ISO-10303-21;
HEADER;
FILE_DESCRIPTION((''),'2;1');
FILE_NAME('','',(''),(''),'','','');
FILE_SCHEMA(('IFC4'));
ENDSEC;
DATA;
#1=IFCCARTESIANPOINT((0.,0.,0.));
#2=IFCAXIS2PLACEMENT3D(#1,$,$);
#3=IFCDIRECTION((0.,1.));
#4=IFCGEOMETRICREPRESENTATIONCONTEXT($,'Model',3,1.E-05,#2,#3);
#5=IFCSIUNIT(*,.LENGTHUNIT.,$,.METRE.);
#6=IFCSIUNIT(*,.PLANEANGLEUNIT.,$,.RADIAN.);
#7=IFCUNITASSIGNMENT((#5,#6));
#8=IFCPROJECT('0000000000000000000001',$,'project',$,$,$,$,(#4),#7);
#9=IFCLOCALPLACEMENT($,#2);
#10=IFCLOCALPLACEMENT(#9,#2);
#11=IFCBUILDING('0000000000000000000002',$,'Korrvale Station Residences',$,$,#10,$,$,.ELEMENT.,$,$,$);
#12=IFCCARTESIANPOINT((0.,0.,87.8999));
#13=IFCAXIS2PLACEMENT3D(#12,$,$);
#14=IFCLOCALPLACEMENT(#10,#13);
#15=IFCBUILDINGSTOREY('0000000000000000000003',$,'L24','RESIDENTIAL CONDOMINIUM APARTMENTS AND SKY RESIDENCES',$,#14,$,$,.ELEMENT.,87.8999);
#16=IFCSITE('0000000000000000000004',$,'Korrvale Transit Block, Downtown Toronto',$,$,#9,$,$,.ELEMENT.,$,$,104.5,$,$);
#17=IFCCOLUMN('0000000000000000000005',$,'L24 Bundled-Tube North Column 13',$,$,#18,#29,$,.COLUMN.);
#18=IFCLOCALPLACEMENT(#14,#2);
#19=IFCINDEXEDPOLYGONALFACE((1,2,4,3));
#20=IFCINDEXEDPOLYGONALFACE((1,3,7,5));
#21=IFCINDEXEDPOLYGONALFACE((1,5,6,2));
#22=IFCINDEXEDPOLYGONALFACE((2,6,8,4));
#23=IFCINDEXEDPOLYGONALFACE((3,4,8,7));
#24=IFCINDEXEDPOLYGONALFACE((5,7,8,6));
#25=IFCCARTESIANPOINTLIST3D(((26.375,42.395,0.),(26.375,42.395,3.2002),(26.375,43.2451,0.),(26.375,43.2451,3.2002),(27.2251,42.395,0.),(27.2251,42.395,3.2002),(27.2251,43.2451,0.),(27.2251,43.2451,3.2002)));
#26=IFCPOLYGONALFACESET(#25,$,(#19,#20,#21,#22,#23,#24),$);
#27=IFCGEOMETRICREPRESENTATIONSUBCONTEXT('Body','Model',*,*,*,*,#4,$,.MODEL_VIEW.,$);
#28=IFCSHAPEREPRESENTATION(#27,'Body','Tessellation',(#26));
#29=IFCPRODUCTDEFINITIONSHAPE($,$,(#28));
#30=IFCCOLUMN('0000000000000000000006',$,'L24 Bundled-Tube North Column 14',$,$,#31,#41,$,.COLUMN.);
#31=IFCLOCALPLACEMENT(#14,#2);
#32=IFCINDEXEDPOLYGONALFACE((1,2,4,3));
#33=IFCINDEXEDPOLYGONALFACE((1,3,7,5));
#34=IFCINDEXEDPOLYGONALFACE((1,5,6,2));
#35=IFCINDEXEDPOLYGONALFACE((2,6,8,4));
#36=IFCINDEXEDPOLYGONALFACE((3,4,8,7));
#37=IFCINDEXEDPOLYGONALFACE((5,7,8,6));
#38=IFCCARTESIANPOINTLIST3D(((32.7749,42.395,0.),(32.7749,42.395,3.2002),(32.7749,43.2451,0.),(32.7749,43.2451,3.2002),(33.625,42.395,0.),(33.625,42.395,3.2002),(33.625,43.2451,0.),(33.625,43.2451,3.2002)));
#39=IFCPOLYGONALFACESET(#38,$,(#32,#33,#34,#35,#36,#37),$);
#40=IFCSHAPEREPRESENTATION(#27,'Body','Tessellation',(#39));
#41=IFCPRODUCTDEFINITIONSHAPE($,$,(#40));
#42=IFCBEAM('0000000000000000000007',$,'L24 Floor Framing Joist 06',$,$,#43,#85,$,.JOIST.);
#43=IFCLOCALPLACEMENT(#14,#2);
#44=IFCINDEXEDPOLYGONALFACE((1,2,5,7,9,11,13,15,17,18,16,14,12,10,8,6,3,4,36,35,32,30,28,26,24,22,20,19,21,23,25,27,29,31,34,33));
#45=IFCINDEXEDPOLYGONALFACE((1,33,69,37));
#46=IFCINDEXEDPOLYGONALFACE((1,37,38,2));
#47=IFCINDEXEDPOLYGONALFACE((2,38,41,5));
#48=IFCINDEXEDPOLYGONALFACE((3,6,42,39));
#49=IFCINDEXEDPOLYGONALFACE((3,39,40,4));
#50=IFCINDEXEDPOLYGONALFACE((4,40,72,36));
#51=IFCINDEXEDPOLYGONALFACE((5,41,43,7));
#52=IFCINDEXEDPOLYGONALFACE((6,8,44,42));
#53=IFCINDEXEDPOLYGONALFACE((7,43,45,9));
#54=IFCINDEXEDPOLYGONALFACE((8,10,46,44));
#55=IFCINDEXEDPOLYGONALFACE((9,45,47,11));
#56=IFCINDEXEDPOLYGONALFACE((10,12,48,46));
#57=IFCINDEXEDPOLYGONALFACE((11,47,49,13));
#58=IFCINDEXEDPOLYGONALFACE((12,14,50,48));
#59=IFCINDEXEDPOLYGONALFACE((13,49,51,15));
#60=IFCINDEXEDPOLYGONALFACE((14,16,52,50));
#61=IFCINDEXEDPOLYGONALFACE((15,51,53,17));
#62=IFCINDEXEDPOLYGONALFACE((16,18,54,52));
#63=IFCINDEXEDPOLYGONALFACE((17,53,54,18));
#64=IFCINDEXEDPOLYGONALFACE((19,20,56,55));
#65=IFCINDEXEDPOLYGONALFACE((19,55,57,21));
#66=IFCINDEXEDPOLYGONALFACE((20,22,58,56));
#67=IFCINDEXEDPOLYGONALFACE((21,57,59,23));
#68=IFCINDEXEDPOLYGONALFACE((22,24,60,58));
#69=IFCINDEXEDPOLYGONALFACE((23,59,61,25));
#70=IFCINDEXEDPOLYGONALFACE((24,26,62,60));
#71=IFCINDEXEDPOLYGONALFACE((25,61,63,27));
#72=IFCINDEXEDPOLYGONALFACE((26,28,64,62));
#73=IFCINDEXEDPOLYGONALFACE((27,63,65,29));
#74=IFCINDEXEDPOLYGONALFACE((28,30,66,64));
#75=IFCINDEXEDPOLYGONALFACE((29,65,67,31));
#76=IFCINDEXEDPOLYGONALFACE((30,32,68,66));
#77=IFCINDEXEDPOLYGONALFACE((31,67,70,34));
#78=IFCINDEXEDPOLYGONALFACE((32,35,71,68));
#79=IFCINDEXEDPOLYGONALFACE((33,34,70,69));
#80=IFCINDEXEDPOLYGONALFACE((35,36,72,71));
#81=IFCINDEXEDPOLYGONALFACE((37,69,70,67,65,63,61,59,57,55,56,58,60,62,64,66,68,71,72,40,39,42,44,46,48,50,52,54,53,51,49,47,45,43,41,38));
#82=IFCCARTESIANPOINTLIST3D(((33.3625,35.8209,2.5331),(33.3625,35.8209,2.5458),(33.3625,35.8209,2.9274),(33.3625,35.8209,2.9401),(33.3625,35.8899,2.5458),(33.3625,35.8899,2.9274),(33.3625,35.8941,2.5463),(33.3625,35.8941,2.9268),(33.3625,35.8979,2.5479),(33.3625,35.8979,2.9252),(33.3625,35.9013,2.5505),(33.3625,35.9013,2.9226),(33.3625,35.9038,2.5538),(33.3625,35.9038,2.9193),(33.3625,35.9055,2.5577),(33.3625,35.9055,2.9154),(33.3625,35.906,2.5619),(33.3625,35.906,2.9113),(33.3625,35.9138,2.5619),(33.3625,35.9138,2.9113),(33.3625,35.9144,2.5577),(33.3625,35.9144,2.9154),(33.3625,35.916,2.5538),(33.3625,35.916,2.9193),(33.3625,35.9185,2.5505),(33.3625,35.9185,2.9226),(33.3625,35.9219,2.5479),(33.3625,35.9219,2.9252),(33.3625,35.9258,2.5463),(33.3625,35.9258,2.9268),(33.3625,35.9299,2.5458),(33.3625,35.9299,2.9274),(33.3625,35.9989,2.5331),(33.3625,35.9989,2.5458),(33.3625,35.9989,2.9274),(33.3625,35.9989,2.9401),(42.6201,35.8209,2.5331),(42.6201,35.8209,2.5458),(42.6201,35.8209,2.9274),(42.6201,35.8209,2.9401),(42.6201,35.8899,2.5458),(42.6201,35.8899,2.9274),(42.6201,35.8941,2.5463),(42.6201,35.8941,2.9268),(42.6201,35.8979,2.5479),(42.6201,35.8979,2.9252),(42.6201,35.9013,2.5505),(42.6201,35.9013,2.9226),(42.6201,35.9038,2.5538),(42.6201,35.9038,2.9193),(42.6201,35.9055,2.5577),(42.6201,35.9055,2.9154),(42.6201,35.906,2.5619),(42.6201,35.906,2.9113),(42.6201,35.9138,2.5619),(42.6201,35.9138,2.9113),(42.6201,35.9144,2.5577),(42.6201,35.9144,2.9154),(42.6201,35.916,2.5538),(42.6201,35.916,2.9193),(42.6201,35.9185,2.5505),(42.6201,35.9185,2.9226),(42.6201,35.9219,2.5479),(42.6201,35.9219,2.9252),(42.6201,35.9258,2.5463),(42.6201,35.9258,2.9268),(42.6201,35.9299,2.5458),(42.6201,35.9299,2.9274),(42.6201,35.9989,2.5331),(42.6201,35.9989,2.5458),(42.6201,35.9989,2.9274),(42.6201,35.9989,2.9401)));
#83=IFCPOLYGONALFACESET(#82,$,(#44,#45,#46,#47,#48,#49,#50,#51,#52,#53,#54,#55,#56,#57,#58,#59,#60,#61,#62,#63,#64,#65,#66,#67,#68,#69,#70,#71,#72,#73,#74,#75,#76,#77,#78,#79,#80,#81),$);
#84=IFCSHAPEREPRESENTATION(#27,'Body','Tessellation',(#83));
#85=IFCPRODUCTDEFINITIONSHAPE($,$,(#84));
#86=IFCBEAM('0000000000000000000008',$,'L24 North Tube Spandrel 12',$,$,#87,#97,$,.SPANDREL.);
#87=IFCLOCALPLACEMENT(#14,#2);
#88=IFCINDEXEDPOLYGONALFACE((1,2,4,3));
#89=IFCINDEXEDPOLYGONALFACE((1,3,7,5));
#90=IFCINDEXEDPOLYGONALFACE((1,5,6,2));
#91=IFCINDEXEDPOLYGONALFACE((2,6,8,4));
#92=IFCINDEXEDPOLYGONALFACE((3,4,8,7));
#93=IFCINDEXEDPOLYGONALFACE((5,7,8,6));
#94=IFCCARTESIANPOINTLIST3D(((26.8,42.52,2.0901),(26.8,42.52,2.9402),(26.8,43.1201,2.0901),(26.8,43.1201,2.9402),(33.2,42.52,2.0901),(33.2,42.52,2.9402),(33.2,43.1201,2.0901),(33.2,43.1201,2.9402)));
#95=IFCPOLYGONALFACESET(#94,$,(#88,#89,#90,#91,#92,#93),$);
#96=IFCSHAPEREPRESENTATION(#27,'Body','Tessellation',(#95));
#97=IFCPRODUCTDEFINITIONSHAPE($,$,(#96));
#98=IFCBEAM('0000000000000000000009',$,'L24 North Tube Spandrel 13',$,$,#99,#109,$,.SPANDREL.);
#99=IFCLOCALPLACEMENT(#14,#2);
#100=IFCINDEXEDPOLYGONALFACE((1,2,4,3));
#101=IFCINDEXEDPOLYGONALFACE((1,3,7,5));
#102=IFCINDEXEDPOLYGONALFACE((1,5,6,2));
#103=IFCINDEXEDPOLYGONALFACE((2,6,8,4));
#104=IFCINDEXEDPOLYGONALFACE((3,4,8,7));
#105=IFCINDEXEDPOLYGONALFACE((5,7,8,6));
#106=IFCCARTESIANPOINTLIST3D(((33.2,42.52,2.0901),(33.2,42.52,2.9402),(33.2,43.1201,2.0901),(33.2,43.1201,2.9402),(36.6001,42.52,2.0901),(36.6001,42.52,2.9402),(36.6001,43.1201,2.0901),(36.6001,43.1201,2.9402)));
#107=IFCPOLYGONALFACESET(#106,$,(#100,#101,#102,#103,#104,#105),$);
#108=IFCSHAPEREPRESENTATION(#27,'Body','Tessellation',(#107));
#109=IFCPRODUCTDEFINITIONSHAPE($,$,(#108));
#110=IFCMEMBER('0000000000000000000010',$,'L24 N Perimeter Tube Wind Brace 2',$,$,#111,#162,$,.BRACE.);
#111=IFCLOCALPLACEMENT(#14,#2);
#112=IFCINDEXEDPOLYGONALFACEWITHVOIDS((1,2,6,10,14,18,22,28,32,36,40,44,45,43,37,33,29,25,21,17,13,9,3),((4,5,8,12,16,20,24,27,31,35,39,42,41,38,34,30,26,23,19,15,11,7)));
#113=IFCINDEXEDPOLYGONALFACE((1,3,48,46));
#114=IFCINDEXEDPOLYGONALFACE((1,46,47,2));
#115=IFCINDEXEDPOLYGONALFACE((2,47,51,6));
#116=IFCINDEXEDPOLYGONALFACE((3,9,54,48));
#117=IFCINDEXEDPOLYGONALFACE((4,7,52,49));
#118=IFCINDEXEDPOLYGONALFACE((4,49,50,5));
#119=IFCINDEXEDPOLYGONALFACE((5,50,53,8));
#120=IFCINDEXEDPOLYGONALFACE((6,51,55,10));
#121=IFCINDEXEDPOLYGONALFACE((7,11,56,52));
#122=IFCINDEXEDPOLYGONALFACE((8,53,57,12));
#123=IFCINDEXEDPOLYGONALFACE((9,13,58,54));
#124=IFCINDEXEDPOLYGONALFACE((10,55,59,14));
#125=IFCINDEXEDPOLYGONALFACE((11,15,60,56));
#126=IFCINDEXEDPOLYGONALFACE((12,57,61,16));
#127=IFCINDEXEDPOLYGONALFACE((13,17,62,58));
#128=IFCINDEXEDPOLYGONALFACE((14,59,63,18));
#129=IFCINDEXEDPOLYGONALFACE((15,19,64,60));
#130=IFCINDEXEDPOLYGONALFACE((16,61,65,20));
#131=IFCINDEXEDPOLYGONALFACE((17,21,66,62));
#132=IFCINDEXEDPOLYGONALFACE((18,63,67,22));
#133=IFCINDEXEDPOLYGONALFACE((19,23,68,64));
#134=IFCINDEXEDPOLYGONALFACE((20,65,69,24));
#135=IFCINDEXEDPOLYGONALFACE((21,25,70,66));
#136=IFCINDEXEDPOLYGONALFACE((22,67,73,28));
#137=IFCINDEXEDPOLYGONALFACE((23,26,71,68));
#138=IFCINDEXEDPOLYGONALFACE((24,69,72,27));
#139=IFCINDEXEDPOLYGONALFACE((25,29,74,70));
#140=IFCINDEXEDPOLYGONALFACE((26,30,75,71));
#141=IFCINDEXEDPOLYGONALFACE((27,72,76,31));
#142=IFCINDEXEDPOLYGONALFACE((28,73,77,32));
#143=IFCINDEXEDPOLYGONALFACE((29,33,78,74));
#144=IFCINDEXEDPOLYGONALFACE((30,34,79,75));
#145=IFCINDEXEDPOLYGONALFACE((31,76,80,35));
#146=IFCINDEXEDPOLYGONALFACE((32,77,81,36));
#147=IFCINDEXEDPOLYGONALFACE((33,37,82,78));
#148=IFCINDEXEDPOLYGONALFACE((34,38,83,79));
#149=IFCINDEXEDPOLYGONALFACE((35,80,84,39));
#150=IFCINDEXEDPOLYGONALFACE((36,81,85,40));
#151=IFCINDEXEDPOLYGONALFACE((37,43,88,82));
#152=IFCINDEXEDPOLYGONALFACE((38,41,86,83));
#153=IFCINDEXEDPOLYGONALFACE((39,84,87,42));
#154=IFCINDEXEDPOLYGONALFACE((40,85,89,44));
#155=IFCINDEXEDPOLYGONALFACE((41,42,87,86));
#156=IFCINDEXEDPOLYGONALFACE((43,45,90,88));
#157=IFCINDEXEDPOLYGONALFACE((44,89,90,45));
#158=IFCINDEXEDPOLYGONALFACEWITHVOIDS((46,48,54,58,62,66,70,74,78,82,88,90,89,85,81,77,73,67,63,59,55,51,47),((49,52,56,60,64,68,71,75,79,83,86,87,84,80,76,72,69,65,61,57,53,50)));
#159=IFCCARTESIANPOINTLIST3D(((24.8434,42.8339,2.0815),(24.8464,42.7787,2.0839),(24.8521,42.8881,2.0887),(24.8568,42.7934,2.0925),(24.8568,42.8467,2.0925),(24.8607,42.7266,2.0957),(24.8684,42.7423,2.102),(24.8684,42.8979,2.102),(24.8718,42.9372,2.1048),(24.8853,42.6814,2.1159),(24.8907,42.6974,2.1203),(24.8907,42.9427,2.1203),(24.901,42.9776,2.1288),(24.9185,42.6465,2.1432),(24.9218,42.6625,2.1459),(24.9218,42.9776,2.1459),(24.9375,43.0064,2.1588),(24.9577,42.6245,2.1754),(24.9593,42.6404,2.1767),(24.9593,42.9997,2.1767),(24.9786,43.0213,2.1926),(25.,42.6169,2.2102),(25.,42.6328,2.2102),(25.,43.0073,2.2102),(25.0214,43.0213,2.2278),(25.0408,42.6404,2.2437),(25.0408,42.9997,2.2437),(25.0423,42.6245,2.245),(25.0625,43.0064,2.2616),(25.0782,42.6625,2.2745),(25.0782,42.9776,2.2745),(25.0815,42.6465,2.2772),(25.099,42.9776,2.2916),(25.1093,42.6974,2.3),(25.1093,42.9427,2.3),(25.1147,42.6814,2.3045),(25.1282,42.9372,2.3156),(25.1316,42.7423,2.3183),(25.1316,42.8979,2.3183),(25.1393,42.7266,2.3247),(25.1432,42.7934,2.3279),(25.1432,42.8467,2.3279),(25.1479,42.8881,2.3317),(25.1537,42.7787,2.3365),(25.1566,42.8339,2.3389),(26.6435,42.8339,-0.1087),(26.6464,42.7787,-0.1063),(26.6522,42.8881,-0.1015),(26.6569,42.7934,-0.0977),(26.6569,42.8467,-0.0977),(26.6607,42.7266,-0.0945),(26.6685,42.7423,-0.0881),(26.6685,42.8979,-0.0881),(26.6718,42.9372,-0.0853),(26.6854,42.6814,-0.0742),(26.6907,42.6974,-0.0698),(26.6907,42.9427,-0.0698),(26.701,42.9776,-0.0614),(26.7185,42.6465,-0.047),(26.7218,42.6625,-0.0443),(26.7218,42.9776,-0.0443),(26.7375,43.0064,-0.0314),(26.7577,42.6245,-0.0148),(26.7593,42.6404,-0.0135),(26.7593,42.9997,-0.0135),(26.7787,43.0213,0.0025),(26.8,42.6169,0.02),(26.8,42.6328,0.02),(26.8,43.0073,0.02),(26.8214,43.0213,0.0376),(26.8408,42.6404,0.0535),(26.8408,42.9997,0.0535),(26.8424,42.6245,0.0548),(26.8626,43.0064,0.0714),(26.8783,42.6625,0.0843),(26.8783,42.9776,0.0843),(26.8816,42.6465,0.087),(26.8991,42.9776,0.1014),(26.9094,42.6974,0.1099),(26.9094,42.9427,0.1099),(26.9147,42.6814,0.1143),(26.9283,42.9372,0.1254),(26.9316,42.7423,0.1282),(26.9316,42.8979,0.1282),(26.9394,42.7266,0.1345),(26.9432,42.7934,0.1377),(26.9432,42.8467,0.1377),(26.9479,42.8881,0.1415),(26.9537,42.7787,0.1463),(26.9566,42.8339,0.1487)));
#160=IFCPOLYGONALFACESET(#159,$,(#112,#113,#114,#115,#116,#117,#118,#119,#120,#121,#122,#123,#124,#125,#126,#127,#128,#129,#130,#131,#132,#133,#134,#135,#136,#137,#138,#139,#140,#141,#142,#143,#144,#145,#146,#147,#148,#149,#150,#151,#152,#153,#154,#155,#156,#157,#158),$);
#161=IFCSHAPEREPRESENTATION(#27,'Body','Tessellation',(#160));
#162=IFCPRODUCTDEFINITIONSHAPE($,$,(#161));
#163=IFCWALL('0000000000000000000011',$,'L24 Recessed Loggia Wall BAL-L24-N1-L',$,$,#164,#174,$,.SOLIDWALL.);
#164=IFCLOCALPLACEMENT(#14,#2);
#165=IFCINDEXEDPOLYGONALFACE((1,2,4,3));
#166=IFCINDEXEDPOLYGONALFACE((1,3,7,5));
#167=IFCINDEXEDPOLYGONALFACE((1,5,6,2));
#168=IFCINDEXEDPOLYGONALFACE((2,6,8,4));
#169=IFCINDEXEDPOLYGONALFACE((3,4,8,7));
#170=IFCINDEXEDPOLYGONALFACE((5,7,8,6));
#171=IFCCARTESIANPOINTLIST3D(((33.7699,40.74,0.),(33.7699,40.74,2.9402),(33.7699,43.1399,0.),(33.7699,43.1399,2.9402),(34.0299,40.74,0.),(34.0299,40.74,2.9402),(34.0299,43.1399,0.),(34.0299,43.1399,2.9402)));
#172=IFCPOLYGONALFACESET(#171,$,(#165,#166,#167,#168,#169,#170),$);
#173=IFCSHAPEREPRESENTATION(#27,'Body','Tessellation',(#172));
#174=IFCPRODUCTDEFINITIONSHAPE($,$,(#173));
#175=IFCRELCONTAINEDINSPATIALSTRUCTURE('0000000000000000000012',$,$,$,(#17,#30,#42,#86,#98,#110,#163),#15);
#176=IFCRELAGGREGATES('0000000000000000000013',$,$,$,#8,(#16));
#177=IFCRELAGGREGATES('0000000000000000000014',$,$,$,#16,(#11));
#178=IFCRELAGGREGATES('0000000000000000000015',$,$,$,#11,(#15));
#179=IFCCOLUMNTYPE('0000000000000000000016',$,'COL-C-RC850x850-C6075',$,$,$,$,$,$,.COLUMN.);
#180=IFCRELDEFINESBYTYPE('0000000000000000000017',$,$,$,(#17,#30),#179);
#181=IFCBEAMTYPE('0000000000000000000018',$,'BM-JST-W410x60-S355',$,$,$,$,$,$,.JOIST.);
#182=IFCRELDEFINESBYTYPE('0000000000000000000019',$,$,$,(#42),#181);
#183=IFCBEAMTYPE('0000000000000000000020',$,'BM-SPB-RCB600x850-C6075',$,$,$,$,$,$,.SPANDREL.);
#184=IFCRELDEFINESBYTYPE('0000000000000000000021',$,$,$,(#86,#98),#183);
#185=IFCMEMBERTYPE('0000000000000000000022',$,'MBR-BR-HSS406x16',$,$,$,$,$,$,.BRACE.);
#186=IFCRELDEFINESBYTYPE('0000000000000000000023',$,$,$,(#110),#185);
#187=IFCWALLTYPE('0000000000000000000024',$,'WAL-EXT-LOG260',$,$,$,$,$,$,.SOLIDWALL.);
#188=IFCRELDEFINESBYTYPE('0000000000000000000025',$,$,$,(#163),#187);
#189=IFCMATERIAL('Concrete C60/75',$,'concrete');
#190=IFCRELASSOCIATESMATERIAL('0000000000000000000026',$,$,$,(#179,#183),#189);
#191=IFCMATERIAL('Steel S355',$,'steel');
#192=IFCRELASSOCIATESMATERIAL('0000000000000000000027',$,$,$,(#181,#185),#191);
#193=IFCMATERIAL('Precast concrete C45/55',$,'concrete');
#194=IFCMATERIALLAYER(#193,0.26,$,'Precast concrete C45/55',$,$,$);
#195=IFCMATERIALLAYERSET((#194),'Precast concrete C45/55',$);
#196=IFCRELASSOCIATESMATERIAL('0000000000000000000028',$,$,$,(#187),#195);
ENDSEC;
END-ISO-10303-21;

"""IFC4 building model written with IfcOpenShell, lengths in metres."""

from ifc_helpers import new_model, si_unit, direction, frame, frame_2d, origin, origin_2d, place, context, subcontext, project, spatial, rectangle, hollow_circle, i_section, extrude, material, layer, layer_set, material_profile, profile_set, type_object, element, save


model = new_model("IFC4")

# Units and contexts
model_context = context("Model", 3, precision=1e-05, world=origin(), true_north=direction((0.0, 1.0)))
body_context = subcontext(model_context, "Body", "Model", "MODEL_VIEW")
ifc_project = project(units=[si_unit("LENGTHUNIT", "METRE"), si_unit("PLANEANGLEUNIT", "RADIAN")], contexts=[model_context])

# Site, building, storey
site_placement = place(None, origin())
site = spatial("IfcSite", under=ifc_project, at=site_placement, Name="Korrvale Transit Block, Downtown Toronto", CompositionType="ELEMENT", RefElevation=104.5)
building_placement = place(site_placement, origin())
building = spatial("IfcBuilding", under=site, at=building_placement, Name="Korrvale Station Residences", CompositionType="ELEMENT")
storey_placement = place(building_placement, frame((0.0, 0.0, 87.8999)))
storey = spatial("IfcBuildingStorey", under=building, at=storey_placement, Name="L24", Description="RESIDENTIAL CONDOMINIUM APARTMENTS AND SKY RESIDENCES", CompositionType="ELEMENT", Elevation=87.8999)

# Columns
ifc_material_1 = material(Name="Concrete C60/75", Category="concrete")
ifc_material_profile_1 = material_profile(ifc_material_1, rectangle(XDim=0.8501, YDim=0.8501, at=origin_2d()), Name="RC850x850")
ifc_profile_set_1 = profile_set([ifc_material_profile_1], Name="Concrete C60/75")
column_type = type_object("IfcColumnType", Name="COL-C-RC850x850-C6075", PredefinedType="COLUMN", material=ifc_profile_set_1)
for number, where, z_axis, x_axis, name in (
    (1, (26.8, 42.8201, 0.0), (0.0, 0.0, 1.0), (1.0, 0.0, 0.0), "L24 Bundled-Tube North Column 13"),
    (2, (33.2, 42.8201, 0.0), (0.0, 0.0, 1.0), (1.0, 0.0, 0.0), "L24 Bundled-Tube North Column 14"),
):
    element("IfcColumn", number, at=place(storey_placement, frame(where, z_axis=z_axis, x_axis=x_axis)), inside=storey, type_object=column_type, Name=name, PredefinedType="COLUMN", context=body_context, shape_type="SweptSolid", body=[
        extrude(rectangle(XDim=0.8501, YDim=0.8501, at=origin_2d()), origin(), (0.0, 0.0, 1.0), 3.2002),
    ])

# Beams
ifc_material_2 = material(Name="Steel S355", Category="steel")
ifc_material_profile_2 = material_profile(ifc_material_2, i_section(OverallWidth=0.178, OverallDepth=0.407, WebThickness=0.0078, FlangeThickness=0.0127, FilletRadius=0.0161, at=origin_2d()), Name="W410x60")
ifc_profile_set_2 = profile_set([ifc_material_profile_2], Name="Steel S355")
beam_type_1 = type_object("IfcBeamType", Name="BM-JST-W410x60-S355", PredefinedType="JOIST", material=ifc_profile_set_2)
beam_1_placement = place(storey_placement, frame((33.3625, 35.9099, 2.7366), z_axis=(1.0, 0.0, 0.0), x_axis=(0.0, 1.0, 0.0)))
element("IfcBeam", 3, at=beam_1_placement, inside=storey, type_object=beam_type_1, Name="L24 Floor Framing Joist 06", PredefinedType="JOIST", context=body_context, shape_type="SweptSolid", body=[
    extrude(i_section(OverallWidth=0.178, OverallDepth=0.407, WebThickness=0.0078, FlangeThickness=0.0127, FilletRadius=0.0161, at=origin_2d()), origin(), (0.0, 0.0, 1.0), 9.2576),
])
ifc_material_profile_3 = material_profile(ifc_material_1, rectangle(XDim=0.6001, YDim=0.8501, at=origin_2d()), Name="RCB600x850")
ifc_profile_set_3 = profile_set([ifc_material_profile_3], Name="Concrete C60/75")
beam_type_2 = type_object("IfcBeamType", Name="BM-SPB-RCB600x850-C6075", PredefinedType="SPANDREL", material=ifc_profile_set_3)
beam_2_placement = place(storey_placement, frame((26.8, 42.8201, 2.5151), z_axis=(1.0, 0.0, 0.0), x_axis=(0.0, 1.0, 0.0)))
element("IfcBeam", 4, at=beam_2_placement, inside=storey, type_object=beam_type_2, Name="L24 North Tube Spandrel 12", PredefinedType="SPANDREL", context=body_context, shape_type="SweptSolid", body=[
    extrude(rectangle(XDim=0.6001, YDim=0.8501, at=origin_2d()), origin(), (0.0, 0.0, 1.0), 6.3999),
])
beam_3_placement = place(storey_placement, frame((33.2, 42.8201, 2.5151), z_axis=(1.0, 0.0, 0.0), x_axis=(0.0, 1.0, 0.0)))
element("IfcBeam", 5, at=beam_3_placement, inside=storey, type_object=beam_type_2, Name="L24 North Tube Spandrel 13", PredefinedType="SPANDREL", context=body_context, shape_type="SweptSolid", body=[
    extrude(rectangle(XDim=0.6001, YDim=0.8501, at=origin_2d()), origin(), (0.0, 0.0, 1.0), 3.4001),
])

# Member
ifc_material_profile_4 = material_profile(ifc_material_2, hollow_circle(Radius=0.2031, WallThickness=0.0159, at=origin_2d()), Name="HSS406x16")
ifc_profile_set_4 = profile_set([ifc_material_profile_4], Name="Steel S355")
member_type = type_object("IfcMemberType", Name="MBR-BR-HSS406x16", PredefinedType="BRACE", material=ifc_profile_set_4)
member_placement = place(storey_placement, frame((26.8, 42.8201, 0.02), z_axis=(-0.634943, 0.0, 0.772559), x_axis=(0.0, -1.0, 0.0)))
element("IfcMember", 6, at=member_placement, inside=storey, type_object=member_type, Name="L24 N Perimeter Tube Wind Brace 2", PredefinedType="BRACE", context=body_context, shape_type="SweptSolid", body=[
    extrude(hollow_circle(Radius=0.2031, WallThickness=0.0159, at=origin_2d()), origin(), (0.0, 0.0, 1.0), 2.835),
])

# Wall
ifc_material_3 = material(Name="Precast concrete C45/55", Category="concrete")
ifc_layer_1 = layer(ifc_material_3, 0.26, Name="Precast concrete C45/55")
ifc_layer_set_1 = layer_set([ifc_layer_1], Name="Precast concrete C45/55")
wall_type_1 = type_object("IfcWallType", Name="WAL-EXT-LOG260", PredefinedType="SOLIDWALL", material=ifc_layer_set_1)
wall_1_placement = place(storey_placement, frame((33.8999, 43.1399, 0.0), z_axis=(0.0, 0.0, 1.0), x_axis=(0.0, -1.0, 0.0)))
element("IfcWall", 7, at=wall_1_placement, inside=storey, type_object=wall_type_1, Name="L24 Recessed Loggia Wall BAL-L24-N1-L", PredefinedType="SOLIDWALL", context=body_context, shape_type="SweptSolid", body=[
    extrude(rectangle(XDim=2.3999, YDim=0.26, at=frame_2d((1.2, 0.0))), origin(), (0.0, 0.0, 1.0), 2.9402),
])

save(model, "model.ifc")
